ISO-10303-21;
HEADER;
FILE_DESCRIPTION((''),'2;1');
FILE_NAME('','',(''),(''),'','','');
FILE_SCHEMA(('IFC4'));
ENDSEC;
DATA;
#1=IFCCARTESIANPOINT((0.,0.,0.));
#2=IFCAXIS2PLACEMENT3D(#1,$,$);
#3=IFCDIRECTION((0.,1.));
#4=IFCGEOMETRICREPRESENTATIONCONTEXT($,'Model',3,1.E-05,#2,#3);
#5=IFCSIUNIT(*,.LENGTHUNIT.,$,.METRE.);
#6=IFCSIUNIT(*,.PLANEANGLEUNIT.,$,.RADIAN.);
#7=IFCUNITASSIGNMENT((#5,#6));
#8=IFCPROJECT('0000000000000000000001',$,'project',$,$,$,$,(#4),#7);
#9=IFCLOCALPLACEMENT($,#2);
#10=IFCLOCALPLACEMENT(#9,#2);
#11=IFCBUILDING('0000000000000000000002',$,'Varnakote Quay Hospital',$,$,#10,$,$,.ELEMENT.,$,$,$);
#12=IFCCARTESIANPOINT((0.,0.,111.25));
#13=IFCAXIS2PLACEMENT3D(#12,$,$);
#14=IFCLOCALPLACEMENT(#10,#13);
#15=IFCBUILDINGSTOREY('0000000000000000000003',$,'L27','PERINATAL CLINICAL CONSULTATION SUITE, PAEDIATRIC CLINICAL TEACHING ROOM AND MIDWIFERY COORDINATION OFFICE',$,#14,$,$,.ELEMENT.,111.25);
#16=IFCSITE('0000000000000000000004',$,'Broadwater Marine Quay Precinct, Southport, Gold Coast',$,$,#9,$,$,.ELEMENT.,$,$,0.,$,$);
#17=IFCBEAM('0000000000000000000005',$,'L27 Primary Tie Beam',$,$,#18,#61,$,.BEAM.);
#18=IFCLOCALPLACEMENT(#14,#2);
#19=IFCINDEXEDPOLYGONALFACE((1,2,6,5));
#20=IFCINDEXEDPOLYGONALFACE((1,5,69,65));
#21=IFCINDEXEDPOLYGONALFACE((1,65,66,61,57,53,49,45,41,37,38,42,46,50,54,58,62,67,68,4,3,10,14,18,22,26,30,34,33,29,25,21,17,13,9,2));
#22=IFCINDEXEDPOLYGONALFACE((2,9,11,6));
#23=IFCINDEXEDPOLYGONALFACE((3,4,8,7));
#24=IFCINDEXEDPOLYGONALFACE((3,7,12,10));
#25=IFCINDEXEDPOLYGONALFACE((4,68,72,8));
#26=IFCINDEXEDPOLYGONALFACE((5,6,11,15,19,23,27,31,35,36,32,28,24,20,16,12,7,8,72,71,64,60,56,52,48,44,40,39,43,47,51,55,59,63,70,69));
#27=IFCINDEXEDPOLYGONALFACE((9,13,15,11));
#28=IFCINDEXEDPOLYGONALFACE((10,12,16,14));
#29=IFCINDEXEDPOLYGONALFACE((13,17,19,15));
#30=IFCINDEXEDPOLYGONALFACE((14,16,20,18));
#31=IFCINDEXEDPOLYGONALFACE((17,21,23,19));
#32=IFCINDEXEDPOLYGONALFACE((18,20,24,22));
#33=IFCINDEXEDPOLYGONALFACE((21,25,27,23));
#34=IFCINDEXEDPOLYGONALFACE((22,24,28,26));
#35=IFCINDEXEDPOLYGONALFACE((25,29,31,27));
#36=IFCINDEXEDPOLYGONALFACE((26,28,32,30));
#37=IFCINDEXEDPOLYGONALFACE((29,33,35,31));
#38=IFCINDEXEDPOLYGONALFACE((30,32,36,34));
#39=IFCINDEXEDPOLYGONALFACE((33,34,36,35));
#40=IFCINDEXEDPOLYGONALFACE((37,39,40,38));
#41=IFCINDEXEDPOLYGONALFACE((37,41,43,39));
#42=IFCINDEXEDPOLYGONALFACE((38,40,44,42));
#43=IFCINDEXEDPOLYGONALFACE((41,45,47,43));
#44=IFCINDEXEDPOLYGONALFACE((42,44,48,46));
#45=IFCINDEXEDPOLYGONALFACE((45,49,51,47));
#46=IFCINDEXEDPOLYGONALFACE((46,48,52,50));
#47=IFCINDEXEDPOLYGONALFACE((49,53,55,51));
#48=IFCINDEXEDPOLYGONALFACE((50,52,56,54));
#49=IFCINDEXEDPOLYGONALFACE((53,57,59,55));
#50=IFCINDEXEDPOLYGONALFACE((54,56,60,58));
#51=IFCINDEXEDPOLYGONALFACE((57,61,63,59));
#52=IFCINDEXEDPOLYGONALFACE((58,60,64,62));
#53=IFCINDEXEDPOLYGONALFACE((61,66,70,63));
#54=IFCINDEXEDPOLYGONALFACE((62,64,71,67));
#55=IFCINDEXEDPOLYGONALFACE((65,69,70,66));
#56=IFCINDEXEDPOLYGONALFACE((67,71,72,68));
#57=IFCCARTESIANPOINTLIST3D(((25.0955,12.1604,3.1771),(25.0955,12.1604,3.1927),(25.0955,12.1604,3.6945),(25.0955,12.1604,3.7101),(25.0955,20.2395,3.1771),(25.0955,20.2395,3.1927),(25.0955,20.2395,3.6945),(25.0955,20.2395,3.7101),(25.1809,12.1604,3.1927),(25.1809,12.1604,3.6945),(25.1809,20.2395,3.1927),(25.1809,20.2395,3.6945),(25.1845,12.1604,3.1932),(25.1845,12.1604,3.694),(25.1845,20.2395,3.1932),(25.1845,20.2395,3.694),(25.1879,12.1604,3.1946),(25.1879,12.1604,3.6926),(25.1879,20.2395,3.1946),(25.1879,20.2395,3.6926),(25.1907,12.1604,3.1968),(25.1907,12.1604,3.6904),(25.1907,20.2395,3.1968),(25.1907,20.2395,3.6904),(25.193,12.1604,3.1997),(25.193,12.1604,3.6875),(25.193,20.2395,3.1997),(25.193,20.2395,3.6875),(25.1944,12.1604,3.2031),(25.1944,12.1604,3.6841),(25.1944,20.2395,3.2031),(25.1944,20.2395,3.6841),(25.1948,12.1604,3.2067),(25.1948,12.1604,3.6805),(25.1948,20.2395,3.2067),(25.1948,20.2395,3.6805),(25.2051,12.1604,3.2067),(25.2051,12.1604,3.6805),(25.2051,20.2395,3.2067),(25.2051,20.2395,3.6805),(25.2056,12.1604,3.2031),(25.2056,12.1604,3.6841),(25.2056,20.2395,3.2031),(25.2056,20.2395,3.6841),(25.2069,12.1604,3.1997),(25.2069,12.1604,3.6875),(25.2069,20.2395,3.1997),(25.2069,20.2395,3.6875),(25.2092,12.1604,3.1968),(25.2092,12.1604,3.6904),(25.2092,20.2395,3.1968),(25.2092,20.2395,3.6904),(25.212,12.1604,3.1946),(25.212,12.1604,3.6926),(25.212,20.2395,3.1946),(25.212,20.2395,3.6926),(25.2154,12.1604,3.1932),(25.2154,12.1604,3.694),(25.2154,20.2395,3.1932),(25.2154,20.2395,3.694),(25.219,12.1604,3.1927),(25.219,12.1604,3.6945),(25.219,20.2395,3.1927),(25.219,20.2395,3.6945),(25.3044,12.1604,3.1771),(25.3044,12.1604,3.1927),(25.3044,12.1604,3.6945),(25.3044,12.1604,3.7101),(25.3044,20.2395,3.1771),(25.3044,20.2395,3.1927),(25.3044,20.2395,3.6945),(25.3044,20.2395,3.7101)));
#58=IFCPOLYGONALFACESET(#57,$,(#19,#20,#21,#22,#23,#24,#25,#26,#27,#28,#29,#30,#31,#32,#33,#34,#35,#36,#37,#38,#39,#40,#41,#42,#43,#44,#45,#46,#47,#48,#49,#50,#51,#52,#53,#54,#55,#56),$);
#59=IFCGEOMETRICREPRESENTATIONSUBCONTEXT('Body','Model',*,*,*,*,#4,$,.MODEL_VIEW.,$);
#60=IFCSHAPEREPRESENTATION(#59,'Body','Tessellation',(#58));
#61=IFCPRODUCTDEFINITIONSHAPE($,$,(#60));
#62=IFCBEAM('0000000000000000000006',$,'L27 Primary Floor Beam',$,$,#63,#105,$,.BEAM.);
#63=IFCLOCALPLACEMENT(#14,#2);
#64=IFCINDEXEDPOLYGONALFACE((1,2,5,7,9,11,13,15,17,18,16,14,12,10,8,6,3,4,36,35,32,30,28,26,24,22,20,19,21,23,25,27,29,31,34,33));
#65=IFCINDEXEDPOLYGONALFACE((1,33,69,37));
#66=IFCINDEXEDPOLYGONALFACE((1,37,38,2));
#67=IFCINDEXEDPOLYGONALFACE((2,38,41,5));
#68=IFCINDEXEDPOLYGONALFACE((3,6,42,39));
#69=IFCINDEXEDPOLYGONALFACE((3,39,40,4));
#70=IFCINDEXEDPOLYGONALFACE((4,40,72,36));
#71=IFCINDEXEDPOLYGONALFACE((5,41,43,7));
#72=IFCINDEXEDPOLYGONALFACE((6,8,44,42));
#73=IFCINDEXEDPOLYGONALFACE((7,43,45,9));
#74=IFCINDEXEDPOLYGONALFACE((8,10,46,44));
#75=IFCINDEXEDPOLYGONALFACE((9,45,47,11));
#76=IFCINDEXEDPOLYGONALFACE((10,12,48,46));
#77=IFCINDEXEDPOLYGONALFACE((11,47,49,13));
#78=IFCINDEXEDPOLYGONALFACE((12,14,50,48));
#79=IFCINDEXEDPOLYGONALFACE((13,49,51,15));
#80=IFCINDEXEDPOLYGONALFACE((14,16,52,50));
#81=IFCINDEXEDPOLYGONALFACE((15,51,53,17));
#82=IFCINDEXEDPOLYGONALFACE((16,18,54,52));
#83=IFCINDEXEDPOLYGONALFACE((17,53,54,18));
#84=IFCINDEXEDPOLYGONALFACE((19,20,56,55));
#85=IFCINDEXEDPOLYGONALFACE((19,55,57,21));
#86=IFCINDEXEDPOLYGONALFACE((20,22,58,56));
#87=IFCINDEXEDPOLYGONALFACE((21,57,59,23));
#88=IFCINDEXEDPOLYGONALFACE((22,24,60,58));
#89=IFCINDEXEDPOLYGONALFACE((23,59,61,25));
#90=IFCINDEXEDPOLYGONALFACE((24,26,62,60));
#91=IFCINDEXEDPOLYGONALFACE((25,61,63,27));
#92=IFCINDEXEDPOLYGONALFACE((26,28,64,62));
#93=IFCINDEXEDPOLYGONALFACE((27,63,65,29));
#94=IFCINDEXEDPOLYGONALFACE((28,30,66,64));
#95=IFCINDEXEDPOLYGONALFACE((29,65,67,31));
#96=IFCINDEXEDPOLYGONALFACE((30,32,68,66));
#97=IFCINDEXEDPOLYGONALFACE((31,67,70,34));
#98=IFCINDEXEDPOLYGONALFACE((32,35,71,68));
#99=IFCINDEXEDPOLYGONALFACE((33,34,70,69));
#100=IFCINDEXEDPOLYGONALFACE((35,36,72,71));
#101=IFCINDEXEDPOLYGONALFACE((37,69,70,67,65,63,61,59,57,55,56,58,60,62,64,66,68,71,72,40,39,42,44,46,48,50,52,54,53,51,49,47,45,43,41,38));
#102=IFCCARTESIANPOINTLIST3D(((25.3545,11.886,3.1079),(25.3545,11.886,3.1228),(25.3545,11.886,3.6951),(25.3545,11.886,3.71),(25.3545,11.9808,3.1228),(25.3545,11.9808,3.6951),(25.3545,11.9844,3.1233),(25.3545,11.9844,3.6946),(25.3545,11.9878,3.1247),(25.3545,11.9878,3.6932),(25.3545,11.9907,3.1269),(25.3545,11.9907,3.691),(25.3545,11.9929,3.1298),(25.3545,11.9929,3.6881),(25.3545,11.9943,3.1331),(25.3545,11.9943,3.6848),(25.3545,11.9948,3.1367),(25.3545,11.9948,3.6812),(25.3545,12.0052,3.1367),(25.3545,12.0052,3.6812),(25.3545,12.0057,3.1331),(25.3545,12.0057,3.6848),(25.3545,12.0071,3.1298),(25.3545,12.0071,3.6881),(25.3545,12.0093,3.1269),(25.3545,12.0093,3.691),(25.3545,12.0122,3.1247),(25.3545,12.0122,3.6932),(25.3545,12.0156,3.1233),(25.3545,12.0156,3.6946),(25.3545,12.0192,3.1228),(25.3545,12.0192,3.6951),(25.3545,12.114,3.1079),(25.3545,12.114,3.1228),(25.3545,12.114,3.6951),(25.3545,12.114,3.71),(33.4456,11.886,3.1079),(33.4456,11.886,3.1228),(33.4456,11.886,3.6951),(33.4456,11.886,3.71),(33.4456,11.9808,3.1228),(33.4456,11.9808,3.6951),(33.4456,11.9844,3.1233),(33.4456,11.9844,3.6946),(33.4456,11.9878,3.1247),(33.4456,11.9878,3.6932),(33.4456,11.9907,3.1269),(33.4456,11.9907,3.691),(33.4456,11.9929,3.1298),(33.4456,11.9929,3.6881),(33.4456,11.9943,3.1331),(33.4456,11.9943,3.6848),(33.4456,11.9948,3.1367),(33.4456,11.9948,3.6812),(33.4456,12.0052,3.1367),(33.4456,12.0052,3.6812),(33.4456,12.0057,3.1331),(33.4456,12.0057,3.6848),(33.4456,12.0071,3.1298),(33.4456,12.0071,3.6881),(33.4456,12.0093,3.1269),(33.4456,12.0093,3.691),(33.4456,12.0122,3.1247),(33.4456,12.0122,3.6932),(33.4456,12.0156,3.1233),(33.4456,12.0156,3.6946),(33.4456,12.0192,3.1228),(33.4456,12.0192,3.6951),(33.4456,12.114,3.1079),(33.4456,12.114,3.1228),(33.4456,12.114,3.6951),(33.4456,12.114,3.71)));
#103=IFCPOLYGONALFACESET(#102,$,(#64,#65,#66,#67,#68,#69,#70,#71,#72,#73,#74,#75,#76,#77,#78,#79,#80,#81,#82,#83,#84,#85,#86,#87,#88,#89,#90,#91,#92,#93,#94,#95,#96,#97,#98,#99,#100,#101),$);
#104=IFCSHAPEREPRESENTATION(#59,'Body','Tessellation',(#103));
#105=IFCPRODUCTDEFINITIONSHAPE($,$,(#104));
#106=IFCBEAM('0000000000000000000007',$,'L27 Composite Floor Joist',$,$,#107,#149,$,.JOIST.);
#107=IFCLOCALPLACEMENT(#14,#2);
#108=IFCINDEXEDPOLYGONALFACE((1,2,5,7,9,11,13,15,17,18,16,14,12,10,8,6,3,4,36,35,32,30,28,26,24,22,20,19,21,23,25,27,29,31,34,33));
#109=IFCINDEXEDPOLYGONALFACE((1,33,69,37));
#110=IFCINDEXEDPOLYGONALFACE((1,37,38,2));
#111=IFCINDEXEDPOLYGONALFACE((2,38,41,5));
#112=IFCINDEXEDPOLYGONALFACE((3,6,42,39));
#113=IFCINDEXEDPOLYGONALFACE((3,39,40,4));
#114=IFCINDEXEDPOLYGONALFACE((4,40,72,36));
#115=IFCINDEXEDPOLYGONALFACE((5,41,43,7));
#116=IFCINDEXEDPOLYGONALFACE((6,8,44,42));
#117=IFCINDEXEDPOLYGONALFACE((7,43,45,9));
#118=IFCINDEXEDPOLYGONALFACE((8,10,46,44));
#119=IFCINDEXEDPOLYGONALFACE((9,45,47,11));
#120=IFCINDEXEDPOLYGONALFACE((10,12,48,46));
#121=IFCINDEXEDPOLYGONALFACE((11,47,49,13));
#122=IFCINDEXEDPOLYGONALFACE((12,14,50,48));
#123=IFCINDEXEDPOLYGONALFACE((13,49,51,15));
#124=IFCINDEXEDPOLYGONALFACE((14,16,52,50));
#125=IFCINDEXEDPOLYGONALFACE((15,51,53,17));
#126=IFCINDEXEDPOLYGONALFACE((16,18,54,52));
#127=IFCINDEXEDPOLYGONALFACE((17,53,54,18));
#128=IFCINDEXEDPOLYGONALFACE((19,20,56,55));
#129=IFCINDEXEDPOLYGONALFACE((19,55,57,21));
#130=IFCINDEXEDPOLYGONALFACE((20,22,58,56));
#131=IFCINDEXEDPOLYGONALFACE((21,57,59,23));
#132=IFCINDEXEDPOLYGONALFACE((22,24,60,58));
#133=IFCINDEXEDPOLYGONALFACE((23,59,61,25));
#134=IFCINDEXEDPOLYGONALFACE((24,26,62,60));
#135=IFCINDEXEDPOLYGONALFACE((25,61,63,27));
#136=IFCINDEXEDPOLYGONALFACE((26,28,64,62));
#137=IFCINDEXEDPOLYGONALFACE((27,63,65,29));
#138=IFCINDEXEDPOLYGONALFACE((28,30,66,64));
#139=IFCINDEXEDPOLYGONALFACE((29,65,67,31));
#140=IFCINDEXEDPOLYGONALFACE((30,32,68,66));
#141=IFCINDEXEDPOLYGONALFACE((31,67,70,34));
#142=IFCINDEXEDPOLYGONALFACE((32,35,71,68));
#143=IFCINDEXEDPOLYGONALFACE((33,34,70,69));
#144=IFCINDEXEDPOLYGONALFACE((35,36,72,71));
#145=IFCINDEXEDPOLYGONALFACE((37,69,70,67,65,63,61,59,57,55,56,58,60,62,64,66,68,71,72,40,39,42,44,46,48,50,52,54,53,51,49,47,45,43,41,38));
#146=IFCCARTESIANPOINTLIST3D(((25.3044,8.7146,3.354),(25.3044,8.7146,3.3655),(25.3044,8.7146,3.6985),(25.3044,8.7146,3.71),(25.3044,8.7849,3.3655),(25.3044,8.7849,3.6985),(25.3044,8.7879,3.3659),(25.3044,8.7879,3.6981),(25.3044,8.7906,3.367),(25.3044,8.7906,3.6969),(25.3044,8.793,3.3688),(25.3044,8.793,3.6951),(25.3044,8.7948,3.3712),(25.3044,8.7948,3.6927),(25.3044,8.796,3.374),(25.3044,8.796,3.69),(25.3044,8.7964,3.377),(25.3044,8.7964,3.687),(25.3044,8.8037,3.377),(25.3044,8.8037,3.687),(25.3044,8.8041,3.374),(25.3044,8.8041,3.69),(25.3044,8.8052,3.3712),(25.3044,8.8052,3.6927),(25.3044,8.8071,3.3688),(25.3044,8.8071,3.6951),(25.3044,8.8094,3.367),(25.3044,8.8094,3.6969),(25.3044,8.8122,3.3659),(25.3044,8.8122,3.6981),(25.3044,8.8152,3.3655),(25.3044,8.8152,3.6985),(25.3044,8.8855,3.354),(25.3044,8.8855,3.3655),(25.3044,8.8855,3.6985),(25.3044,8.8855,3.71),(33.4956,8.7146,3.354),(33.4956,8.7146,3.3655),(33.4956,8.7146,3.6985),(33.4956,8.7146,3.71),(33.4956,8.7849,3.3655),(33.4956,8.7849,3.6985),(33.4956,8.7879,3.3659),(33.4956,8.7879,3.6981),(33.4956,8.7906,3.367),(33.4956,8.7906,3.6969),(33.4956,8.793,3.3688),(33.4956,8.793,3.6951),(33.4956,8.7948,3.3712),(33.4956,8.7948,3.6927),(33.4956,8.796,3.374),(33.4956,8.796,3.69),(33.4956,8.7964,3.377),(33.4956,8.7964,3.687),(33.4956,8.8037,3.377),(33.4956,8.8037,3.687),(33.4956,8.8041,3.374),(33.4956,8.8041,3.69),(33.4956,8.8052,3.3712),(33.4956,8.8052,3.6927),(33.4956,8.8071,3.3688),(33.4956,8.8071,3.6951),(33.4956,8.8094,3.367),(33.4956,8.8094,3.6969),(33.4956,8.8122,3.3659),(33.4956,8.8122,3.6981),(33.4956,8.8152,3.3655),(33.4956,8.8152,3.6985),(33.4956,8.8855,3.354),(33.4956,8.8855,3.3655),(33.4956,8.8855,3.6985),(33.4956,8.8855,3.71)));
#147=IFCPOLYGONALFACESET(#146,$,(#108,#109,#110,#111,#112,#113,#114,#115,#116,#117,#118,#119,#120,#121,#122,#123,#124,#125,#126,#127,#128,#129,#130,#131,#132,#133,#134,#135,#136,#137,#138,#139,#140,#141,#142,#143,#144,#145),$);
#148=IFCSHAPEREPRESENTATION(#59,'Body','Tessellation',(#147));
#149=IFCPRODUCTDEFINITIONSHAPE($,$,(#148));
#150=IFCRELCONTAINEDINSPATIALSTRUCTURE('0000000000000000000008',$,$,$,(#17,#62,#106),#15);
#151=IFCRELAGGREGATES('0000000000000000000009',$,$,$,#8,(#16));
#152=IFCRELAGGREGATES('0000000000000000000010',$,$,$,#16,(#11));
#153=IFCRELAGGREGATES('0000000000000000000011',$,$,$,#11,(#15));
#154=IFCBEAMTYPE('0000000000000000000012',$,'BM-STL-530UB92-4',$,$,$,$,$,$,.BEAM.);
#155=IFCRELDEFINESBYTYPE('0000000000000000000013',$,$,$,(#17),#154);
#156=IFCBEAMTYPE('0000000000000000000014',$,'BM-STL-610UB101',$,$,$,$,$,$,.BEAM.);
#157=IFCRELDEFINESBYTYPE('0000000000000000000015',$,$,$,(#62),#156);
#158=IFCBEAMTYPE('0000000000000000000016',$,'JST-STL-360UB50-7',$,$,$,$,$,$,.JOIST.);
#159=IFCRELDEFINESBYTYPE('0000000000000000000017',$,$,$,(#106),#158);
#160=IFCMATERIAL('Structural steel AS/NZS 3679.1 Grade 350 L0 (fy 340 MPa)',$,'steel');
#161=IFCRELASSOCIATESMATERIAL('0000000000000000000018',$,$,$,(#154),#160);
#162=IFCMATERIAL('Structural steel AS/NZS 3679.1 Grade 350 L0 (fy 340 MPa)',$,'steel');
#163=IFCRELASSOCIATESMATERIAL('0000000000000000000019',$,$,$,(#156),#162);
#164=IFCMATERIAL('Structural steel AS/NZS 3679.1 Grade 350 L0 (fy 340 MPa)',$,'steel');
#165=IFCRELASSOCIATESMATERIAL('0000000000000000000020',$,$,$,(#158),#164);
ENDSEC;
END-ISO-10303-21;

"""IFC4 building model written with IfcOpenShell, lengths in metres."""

from ifc_helpers import new_model, si_unit, direction, frame, origin, origin_2d, place, context, subcontext, project, spatial, i_section, extrude, material, material_profile, profile_set, type_object, element, save


model = new_model("IFC4")

# Units and contexts
model_context = context("Model", 3, precision=1e-05, world=origin(), true_north=direction((0.0, 1.0)))
body_context = subcontext(model_context, "Body", "Model", "MODEL_VIEW")
ifc_project = project(units=[si_unit("LENGTHUNIT", "METRE"), si_unit("PLANEANGLEUNIT", "RADIAN")], contexts=[model_context])

# Site, building, storey
site_placement = place(None, origin())
site = spatial("IfcSite", under=ifc_project, at=site_placement, Name="Broadwater Marine Quay Precinct, Southport, Gold Coast", CompositionType="ELEMENT", RefElevation=0.0)
building_placement = place(site_placement, origin())
building = spatial("IfcBuilding", under=site, at=building_placement, Name="Varnakote Quay Hospital", CompositionType="ELEMENT")
storey_placement = place(building_placement, frame((0.0, 0.0, 111.25)))
storey = spatial("IfcBuildingStorey", under=building, at=storey_placement, Name="L27", Description="PERINATAL CLINICAL CONSULTATION SUITE, PAEDIATRIC CLINICAL TEACHING ROOM AND MIDWIFERY COORDINATION OFFICE", CompositionType="ELEMENT", Elevation=111.25)

# Beams
ifc_material_1 = material(Name="Structural steel AS/NZS 3679.1 Grade 350 L0 (fy 340 MPa)", Category="steel")
ifc_material_profile_1 = material_profile(ifc_material_1, i_section(OverallWidth=0.209, OverallDepth=0.533, WebThickness=0.0103, FlangeThickness=0.0156, FilletRadius=0.0139, at=origin_2d()), Name="530UB92.4")
ifc_profile_set_1 = profile_set([ifc_material_profile_1], Name="Structural steel AS/NZS 3679.1 Grade 350 L0 (fy 340 MPa)")
beam_type_1 = type_object("IfcBeamType", Name="BM-STL-530UB92-4", PredefinedType="BEAM", material=ifc_profile_set_1)
beam_1_placement = place(storey_placement, frame((25.2, 12.1604, 3.4436), z_axis=(0.0, 1.0, 0.0), x_axis=(-1.0, 0.0, 0.0)))
element("IfcBeam", 1, at=beam_1_placement, inside=storey, type_object=beam_type_1, Name="L27 Primary Tie Beam", PredefinedType="BEAM", context=body_context, shape_type="SweptSolid", body=[
    extrude(i_section(OverallWidth=0.209, OverallDepth=0.533, WebThickness=0.0103, FlangeThickness=0.0156, FilletRadius=0.0139, at=origin_2d()), origin(), (0.0, 0.0, 1.0), 8.0791),
])
ifc_material_2 = material(Name="Structural steel AS/NZS 3679.1 Grade 350 L0 (fy 340 MPa)", Category="steel")
ifc_material_profile_2 = material_profile(ifc_material_2, i_section(OverallWidth=0.228, OverallDepth=0.6021, WebThickness=0.0105, FlangeThickness=0.0149, FilletRadius=0.0139, at=origin_2d()), Name="610UB101")
ifc_profile_set_2 = profile_set([ifc_material_profile_2], Name="Structural steel AS/NZS 3679.1 Grade 350 L0 (fy 340 MPa)")
beam_type_2 = type_object("IfcBeamType", Name="BM-STL-610UB101", PredefinedType="BEAM", material=ifc_profile_set_2)
beam_2_placement = place(storey_placement, frame((25.3545, 12.0, 3.4089), z_axis=(1.0, 0.0, 0.0), x_axis=(0.0, 1.0, 0.0)))
element("IfcBeam", 2, at=beam_2_placement, inside=storey, type_object=beam_type_2, Name="L27 Primary Floor Beam", PredefinedType="BEAM", context=body_context, shape_type="SweptSolid", body=[
    extrude(i_section(OverallWidth=0.228, OverallDepth=0.6021, WebThickness=0.0105, FlangeThickness=0.0149, FilletRadius=0.0139, at=origin_2d()), origin(), (0.0, 0.0, 1.0), 8.0911),
])
ifc_material_3 = material(Name="Structural steel AS/NZS 3679.1 Grade 350 L0 (fy 340 MPa)", Category="steel")
ifc_material_profile_3 = material_profile(ifc_material_3, i_section(OverallWidth=0.1709, OverallDepth=0.356, WebThickness=0.0073, FlangeThickness=0.0115, FilletRadius=0.0115, at=origin_2d()), Name="360UB50.7")
ifc_profile_set_3 = profile_set([ifc_material_profile_3], Name="Structural steel AS/NZS 3679.1 Grade 350 L0 (fy 340 MPa)")
beam_type_3 = type_object("IfcBeamType", Name="JST-STL-360UB50-7", PredefinedType="JOIST", material=ifc_profile_set_3)
beam_3_placement = place(storey_placement, frame((25.3044, 8.8, 3.532), z_axis=(1.0, 0.0, 0.0), x_axis=(0.0, 1.0, 0.0)))
element("IfcBeam", 3, at=beam_3_placement, inside=storey, type_object=beam_type_3, Name="L27 Composite Floor Joist", PredefinedType="JOIST", context=body_context, shape_type="SweptSolid", body=[
    extrude(i_section(OverallWidth=0.1709, OverallDepth=0.356, WebThickness=0.0073, FlangeThickness=0.0115, FilletRadius=0.0115, at=origin_2d()), origin(), (0.0, 0.0, 1.0), 8.1912),
])

save(model, "model.ifc")
